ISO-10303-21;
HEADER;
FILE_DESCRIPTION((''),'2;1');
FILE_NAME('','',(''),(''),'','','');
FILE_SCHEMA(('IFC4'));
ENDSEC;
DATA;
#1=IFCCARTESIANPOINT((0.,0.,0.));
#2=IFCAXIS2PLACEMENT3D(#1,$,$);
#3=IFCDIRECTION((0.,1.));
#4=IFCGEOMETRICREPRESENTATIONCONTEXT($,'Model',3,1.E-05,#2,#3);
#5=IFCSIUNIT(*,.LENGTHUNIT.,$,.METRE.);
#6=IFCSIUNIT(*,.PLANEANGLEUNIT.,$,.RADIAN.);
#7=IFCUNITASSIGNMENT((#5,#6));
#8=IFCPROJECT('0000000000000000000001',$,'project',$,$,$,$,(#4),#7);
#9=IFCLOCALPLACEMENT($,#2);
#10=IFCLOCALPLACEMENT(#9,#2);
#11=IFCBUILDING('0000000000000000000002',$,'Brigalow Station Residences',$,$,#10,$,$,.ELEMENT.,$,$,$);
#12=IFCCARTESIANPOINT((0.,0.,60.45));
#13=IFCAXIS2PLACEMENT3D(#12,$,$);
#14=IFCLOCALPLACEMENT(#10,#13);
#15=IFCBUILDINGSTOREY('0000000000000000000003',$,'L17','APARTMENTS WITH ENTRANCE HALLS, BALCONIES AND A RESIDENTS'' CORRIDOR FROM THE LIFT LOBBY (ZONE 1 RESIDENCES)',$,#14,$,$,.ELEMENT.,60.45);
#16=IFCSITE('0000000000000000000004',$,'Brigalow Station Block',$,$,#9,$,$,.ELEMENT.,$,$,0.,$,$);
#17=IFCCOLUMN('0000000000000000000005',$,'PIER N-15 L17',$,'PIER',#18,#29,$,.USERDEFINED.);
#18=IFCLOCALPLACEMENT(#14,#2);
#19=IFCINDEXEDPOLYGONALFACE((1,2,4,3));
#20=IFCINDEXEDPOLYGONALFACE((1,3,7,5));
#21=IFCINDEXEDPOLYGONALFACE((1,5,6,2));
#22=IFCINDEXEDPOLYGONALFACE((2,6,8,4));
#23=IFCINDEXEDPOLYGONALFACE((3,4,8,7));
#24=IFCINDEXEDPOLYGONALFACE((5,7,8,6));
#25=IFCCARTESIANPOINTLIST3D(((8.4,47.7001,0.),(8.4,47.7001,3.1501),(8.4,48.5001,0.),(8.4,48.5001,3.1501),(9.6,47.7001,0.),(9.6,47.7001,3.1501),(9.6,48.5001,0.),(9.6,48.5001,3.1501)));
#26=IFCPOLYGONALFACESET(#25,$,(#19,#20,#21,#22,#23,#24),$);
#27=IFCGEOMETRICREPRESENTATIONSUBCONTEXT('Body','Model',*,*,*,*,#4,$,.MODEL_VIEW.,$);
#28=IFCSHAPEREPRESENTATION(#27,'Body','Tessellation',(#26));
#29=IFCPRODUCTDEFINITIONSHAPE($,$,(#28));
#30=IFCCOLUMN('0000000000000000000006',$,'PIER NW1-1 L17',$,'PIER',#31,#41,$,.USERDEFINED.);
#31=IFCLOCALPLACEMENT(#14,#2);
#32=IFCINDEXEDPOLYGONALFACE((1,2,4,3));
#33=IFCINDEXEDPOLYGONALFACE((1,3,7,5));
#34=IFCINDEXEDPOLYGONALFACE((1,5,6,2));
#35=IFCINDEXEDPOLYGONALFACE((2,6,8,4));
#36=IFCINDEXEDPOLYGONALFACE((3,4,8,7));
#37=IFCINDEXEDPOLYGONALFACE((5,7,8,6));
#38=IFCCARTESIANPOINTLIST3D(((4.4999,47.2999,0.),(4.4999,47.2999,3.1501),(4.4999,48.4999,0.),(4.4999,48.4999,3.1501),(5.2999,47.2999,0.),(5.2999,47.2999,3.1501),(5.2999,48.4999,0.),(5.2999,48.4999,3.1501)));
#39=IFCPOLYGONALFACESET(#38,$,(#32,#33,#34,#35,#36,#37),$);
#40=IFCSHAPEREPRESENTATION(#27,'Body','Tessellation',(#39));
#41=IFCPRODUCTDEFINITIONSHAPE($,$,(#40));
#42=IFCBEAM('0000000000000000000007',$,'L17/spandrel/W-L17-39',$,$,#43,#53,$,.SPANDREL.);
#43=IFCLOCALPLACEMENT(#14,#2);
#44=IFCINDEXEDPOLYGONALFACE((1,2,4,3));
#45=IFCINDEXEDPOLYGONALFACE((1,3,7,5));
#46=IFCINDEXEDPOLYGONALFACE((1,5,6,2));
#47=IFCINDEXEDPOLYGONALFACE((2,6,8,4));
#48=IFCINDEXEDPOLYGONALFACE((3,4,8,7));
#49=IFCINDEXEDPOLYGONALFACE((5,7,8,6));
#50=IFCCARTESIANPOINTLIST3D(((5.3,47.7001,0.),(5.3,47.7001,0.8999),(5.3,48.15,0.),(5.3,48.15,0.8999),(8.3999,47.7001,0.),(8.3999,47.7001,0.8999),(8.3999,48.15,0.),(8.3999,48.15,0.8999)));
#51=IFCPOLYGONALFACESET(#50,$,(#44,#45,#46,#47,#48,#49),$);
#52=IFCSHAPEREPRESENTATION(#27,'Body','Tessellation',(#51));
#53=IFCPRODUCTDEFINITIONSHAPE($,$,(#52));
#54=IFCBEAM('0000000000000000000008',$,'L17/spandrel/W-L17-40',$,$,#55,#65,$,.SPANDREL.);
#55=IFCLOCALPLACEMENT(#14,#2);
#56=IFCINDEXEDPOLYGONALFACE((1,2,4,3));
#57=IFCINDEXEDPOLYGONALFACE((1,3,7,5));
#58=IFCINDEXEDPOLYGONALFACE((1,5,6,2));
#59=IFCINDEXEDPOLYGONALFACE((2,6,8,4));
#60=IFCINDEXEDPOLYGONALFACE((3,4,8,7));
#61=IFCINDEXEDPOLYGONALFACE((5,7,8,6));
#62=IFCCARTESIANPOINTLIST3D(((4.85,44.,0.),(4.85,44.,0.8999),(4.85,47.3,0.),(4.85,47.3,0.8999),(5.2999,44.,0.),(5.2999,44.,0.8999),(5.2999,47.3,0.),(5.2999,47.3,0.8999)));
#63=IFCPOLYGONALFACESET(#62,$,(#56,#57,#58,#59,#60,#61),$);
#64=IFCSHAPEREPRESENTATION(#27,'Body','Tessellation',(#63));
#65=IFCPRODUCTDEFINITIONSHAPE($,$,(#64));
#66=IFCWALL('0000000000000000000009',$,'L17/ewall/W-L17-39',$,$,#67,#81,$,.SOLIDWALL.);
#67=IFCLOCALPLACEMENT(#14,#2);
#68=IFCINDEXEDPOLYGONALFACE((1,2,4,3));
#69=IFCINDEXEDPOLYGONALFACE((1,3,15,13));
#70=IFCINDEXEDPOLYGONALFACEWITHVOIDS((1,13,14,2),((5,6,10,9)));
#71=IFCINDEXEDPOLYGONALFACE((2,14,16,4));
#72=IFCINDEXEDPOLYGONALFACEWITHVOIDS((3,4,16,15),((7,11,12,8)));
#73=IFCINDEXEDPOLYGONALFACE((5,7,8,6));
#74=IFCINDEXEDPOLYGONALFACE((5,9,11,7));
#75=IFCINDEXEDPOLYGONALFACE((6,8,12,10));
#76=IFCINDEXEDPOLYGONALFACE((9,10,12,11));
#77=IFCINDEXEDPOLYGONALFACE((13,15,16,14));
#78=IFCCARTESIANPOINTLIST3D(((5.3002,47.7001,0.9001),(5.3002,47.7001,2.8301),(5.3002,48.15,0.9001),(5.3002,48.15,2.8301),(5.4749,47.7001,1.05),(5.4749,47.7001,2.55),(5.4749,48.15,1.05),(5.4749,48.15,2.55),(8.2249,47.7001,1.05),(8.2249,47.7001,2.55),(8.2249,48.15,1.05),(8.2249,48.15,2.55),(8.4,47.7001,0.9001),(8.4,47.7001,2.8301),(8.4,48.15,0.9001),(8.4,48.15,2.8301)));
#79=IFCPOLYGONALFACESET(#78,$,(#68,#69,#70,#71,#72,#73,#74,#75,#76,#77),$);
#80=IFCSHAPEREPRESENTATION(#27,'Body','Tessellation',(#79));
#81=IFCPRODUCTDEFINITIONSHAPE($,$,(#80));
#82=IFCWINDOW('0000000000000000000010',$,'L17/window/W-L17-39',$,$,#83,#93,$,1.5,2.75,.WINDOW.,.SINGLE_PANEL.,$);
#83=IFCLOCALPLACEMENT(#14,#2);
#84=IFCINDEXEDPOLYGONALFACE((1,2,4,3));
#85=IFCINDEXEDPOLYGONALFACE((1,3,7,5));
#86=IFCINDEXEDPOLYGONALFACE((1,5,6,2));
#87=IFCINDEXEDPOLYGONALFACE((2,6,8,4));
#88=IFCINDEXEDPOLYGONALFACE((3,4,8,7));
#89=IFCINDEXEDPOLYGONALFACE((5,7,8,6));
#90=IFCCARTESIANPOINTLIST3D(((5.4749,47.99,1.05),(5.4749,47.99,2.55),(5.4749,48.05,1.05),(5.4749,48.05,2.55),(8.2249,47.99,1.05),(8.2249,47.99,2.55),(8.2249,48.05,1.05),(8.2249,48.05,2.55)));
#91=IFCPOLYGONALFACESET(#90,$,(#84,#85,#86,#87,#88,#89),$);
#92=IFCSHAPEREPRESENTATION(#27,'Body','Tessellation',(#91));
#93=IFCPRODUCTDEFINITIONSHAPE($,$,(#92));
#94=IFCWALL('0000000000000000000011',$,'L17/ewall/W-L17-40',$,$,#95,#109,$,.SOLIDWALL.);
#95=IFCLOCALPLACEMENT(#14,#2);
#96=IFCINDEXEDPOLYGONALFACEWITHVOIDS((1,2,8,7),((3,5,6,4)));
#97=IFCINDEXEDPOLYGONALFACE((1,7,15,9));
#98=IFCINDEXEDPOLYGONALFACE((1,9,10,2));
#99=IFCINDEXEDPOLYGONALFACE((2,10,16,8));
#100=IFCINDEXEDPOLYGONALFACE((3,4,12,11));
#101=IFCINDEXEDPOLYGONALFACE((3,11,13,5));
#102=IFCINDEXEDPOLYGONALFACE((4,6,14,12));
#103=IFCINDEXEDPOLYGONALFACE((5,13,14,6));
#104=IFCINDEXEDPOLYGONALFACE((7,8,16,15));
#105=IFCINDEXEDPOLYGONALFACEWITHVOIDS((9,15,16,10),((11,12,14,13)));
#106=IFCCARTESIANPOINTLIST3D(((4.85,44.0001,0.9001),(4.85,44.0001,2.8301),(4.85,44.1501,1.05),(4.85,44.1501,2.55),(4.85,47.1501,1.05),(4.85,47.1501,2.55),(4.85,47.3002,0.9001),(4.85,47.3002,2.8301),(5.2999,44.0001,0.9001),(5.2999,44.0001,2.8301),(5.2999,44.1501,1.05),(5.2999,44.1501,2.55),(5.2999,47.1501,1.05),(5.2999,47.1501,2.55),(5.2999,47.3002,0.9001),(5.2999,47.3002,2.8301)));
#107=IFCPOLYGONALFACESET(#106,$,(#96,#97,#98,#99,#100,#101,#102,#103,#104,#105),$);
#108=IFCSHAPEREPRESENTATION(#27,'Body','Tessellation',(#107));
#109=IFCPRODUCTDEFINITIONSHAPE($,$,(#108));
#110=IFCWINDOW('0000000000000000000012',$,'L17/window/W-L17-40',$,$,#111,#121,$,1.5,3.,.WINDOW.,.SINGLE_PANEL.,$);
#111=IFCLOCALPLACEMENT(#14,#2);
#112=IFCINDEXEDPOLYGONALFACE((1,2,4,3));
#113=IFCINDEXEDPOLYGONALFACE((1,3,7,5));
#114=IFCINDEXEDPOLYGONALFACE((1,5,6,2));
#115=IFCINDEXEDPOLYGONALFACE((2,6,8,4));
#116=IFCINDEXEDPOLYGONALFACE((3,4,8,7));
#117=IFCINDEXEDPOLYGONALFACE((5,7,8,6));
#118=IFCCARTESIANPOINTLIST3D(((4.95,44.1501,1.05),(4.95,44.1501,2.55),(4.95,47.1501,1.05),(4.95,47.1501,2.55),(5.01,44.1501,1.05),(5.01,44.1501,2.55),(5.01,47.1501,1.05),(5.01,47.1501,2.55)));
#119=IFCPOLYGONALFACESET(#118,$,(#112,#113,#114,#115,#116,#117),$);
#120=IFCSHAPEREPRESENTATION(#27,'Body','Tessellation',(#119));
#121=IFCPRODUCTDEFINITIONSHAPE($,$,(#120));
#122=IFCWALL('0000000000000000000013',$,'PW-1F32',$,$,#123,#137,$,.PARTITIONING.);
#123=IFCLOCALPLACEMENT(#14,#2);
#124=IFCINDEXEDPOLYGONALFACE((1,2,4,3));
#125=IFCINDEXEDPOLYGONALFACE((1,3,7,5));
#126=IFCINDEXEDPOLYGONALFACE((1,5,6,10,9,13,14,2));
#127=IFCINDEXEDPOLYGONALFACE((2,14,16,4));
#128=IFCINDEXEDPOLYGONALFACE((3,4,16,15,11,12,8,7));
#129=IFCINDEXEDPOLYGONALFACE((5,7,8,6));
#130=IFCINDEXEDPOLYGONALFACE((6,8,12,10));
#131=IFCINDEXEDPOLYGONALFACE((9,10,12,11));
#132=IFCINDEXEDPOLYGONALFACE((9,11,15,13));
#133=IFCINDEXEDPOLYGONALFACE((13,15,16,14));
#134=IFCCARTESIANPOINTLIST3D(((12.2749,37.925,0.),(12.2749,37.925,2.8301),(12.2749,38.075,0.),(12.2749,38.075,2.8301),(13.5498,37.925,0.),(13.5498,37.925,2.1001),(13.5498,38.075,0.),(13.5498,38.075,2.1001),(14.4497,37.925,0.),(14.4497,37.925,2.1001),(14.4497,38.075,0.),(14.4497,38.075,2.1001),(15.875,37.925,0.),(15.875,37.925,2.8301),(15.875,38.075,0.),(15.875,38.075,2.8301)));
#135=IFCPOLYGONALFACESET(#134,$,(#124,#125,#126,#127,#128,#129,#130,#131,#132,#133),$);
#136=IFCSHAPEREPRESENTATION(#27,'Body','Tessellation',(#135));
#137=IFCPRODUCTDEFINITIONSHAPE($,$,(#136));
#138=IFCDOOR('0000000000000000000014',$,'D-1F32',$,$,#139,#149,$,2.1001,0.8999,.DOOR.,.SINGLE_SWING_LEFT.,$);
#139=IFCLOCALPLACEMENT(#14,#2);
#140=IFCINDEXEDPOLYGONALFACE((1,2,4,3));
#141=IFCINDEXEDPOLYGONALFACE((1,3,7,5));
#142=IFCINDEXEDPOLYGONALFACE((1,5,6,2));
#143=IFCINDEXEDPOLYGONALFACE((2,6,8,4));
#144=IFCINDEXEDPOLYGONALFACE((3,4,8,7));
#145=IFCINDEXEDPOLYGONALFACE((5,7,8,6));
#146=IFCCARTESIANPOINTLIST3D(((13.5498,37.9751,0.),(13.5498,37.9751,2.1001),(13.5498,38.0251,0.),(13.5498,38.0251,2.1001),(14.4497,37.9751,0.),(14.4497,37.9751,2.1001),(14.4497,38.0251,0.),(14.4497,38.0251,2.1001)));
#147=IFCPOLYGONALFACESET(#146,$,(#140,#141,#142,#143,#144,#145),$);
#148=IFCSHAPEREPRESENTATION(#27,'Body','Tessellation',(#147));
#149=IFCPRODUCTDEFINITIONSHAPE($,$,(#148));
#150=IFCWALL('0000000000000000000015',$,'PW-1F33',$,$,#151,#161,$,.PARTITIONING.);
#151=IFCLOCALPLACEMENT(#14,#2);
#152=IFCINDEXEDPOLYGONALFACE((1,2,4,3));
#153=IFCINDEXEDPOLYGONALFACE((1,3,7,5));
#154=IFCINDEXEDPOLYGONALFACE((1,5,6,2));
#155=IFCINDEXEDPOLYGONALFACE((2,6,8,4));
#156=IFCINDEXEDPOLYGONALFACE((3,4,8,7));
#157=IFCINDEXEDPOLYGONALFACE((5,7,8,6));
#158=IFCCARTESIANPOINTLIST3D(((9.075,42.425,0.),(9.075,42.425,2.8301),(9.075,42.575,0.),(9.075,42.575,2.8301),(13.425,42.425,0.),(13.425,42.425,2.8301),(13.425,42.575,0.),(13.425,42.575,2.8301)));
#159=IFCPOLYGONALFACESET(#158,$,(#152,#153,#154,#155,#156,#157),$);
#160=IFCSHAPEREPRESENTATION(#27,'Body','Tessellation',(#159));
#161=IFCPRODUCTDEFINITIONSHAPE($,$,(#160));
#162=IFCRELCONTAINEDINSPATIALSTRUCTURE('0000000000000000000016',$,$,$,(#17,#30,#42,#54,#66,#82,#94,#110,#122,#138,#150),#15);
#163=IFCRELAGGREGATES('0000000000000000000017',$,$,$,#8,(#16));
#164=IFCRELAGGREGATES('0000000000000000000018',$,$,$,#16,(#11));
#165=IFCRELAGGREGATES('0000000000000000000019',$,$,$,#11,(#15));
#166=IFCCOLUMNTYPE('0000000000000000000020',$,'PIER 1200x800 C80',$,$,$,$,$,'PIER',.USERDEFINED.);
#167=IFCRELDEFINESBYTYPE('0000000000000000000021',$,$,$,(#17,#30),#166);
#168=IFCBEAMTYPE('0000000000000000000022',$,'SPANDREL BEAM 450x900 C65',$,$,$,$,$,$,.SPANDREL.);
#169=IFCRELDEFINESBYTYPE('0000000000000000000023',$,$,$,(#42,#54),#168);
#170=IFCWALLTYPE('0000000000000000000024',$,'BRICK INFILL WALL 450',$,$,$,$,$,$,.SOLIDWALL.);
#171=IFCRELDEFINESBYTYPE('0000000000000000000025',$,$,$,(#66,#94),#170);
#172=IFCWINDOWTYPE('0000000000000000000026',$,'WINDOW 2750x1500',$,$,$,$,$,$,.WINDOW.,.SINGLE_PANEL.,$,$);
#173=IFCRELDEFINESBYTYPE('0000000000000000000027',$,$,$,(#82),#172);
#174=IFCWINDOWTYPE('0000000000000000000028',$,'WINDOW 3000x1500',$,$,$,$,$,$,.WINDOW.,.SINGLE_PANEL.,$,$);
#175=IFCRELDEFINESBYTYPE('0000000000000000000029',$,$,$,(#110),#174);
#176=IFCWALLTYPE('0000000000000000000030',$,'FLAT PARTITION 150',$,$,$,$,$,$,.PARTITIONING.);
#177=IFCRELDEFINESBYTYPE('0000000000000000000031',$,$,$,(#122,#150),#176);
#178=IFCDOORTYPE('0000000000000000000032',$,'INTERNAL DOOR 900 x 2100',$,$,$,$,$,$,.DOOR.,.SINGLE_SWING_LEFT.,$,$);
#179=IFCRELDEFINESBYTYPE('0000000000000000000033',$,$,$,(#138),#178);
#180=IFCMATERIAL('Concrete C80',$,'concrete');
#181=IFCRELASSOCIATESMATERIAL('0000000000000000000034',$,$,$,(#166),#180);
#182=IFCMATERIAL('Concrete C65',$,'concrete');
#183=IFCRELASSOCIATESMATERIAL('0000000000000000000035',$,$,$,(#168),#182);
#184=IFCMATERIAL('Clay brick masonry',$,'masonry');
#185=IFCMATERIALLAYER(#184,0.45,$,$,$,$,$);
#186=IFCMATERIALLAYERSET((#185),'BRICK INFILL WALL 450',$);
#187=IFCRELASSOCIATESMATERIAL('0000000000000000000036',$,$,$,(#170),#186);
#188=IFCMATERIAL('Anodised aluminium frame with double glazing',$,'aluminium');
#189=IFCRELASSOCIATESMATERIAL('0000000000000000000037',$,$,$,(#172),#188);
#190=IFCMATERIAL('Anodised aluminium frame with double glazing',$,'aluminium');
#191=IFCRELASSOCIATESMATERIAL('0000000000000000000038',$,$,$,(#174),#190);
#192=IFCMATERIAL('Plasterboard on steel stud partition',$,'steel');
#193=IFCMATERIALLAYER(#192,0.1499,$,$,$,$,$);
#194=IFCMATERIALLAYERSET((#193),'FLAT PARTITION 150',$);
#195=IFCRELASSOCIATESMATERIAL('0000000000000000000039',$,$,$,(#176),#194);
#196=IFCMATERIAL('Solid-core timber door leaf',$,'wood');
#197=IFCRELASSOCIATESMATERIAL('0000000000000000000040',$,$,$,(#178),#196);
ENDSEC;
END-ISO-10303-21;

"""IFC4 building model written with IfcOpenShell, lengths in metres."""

from ifc_helpers import new_model, si_unit, direction, frame, frame_2d, origin, origin_2d, place, context, subcontext, project, spatial, rectangle, extrude, material, layer, layer_set, material_profile, profile_set, type_object, element, fill, save


model = new_model("IFC4")

# Units and contexts
model_context = context("Model", 3, precision=1e-05, world=origin(), true_north=direction((0.0, 1.0)))
body_context = subcontext(model_context, "Body", "Model", "MODEL_VIEW")
ifc_project = project(units=[si_unit("LENGTHUNIT", "METRE"), si_unit("PLANEANGLEUNIT", "RADIAN")], contexts=[model_context])

# Site, building, storey
site_placement = place(None, origin())
site = spatial("IfcSite", under=ifc_project, at=site_placement, Name="Brigalow Station Block", CompositionType="ELEMENT", RefElevation=0.0)
building_placement = place(site_placement, origin())
building = spatial("IfcBuilding", under=site, at=building_placement, Name="Brigalow Station Residences", CompositionType="ELEMENT")
storey_placement = place(building_placement, frame((0.0, 0.0, 60.45)))
storey = spatial("IfcBuildingStorey", under=building, at=storey_placement, Name="L17", Description="APARTMENTS WITH ENTRANCE HALLS, BALCONIES AND A RESIDENTS' CORRIDOR FROM THE LIFT LOBBY (ZONE 1 RESIDENCES)", CompositionType="ELEMENT", Elevation=60.45)

# Columns
ifc_material_1 = material(Name="Concrete C80", Category="concrete")
ifc_material_profile_1 = material_profile(ifc_material_1, rectangle(XDim=1.2, YDim=0.8, at=origin_2d()), Name="RC1200x800")
ifc_profile_set_1 = profile_set([ifc_material_profile_1], Name="Concrete C80")
column_type = type_object("IfcColumnType", Name="PIER 1200x800 C80", ElementType="PIER", PredefinedType="USERDEFINED", material=ifc_profile_set_1)
for number, where, z_axis, x_axis, name in (
    (1, (9.0, 48.1001, 0.0), (0.0, 0.0, 1.0), (-1.0, 0.0, 0.0), "PIER N-15 L17"),
    (2, (4.8999, 47.8999, 0.0), (0.0, 0.0, 1.0), (0.0, -1.0, 0.0), "PIER NW1-1 L17"),
):
    element("IfcColumn", number, at=place(storey_placement, frame(where, z_axis=z_axis, x_axis=x_axis)), inside=storey, type_object=column_type, Name=name, ObjectType="PIER", PredefinedType="USERDEFINED", context=body_context, shape_type="SweptSolid", body=[
        extrude(rectangle(XDim=1.2, YDim=0.8, at=origin_2d()), origin(), (0.0, 0.0, 1.0), 3.1501),
    ])

# Beams
ifc_material_2 = material(Name="Concrete C65", Category="concrete")
ifc_material_profile_2 = material_profile(ifc_material_2, rectangle(XDim=0.45, YDim=0.8999, at=origin_2d()), Name="RC450x900")
ifc_profile_set_2 = profile_set([ifc_material_profile_2], Name="Concrete C65")
beam_type = type_object("IfcBeamType", Name="SPANDREL BEAM 450x900 C65", PredefinedType="SPANDREL", material=ifc_profile_set_2)
beam_1_placement = place(storey_placement, frame((8.3999, 47.925, 0.45), z_axis=(-1.0, 0.0, 0.0), x_axis=(0.0, -1.0, 0.0)))
element("IfcBeam", 3, at=beam_1_placement, inside=storey, type_object=beam_type, Name="L17/spandrel/W-L17-39", PredefinedType="SPANDREL", context=body_context, shape_type="SweptSolid", body=[
    extrude(rectangle(XDim=0.45, YDim=0.8999, at=origin_2d()), origin(), (0.0, 0.0, 1.0), 3.0999),
])
beam_2_placement = place(storey_placement, frame((5.075, 47.3, 0.45), z_axis=(0.0, -1.0, 0.0), x_axis=(1.0, 0.0, 0.0)))
element("IfcBeam", 4, at=beam_2_placement, inside=storey, type_object=beam_type, Name="L17/spandrel/W-L17-40", PredefinedType="SPANDREL", context=body_context, shape_type="SweptSolid", body=[
    extrude(rectangle(XDim=0.45, YDim=0.8999, at=origin_2d()), origin(), (0.0, 0.0, 1.0), 3.3),
])

# Walls, openings, windows
ifc_material_3 = material(Name="Clay brick masonry", Category="masonry")
ifc_layer_1 = layer(ifc_material_3, 0.45)
ifc_layer_set_1 = layer_set([ifc_layer_1], Name="BRICK INFILL WALL 450")
wall_type_1 = type_object("IfcWallType", Name="BRICK INFILL WALL 450", PredefinedType="SOLIDWALL", material=ifc_layer_set_1)
wall_1_placement = place(storey_placement, frame((8.3999, 47.925, 0.9001), z_axis=(0.0, 0.0, 1.0), x_axis=(-1.0, 0.0, 0.0)))
wall_1 = element("IfcWall", 5, at=wall_1_placement, inside=storey, type_object=wall_type_1, Name="L17/ewall/W-L17-39", PredefinedType="SOLIDWALL", context=body_context, shape_type="SweptSolid", body=[
    extrude(rectangle(XDim=3.0999, YDim=0.45, at=frame_2d((1.5498, 0.0))), origin(), (0.0, 0.0, 1.0), 1.9299),
])
opening_1_placement = place(wall_1_placement, frame((0.175, 0.0, 0.1499)))
opening_1 = element("IfcOpeningElement", 6, at=opening_1_placement, cuts=wall_1, PredefinedType="OPENING", context=body_context, shape_type="SweptSolid", body=[
    extrude(rectangle(XDim=2.75, YDim=1.5, at=frame_2d((1.375, 0.75))), frame((0.0, 0.2349, 0.0), z_axis=(0.0, -1.0, 0.0), x_axis=(1.0, 0.0, 0.0)), (0.0, 0.0, 1.0), 0.47),
])
ifc_material_4 = material(Name="Anodised aluminium frame with double glazing", Category="aluminium")
window_type_1 = type_object("IfcWindowType", Name="WINDOW 2750x1500", PartitioningType="SINGLE_PANEL", PredefinedType="WINDOW", material=ifc_material_4)
window_1_placement = place(opening_1_placement, origin())
window_1 = element("IfcWindow", 7, at=window_1_placement, inside=storey, type_object=window_type_1, Name="L17/window/W-L17-39", OverallHeight=1.5, OverallWidth=2.75, PartitioningType="SINGLE_PANEL", PredefinedType="WINDOW", context=body_context, shape_type="SweptSolid", body=[
    extrude(rectangle(XDim=2.75, YDim=1.5, at=frame_2d((1.375, 0.75))), frame((0.0, -0.0649, 0.0), z_axis=(0.0, -1.0, 0.0), x_axis=(1.0, 0.0, 0.0)), (0.0, 0.0, 1.0), 0.0601),
])
fill(opening_1, window_1)
wall_2_placement = place(storey_placement, frame((5.075, 47.3, 0.9001), z_axis=(0.0, 0.0, 1.0), x_axis=(0.0, -1.0, 0.0)))
wall_2 = element("IfcWall", 8, at=wall_2_placement, inside=storey, type_object=wall_type_1, Name="L17/ewall/W-L17-40", PredefinedType="SOLIDWALL", context=body_context, shape_type="SweptSolid", body=[
    extrude(rectangle(XDim=3.3, YDim=0.45, at=frame_2d((1.6499, 0.0))), origin(), (0.0, 0.0, 1.0), 1.9299),
])
opening_2_placement = place(wall_2_placement, frame((0.1499, 0.0, 0.1499)))
opening_2 = element("IfcOpeningElement", 9, at=opening_2_placement, cuts=wall_2, PredefinedType="OPENING", context=body_context, shape_type="SweptSolid", body=[
    extrude(rectangle(XDim=3.0, YDim=1.5, at=frame_2d((1.5, 0.75))), frame((0.0, 0.2349, 0.0), z_axis=(0.0, -1.0, 0.0), x_axis=(1.0, 0.0, 0.0)), (0.0, 0.0, 1.0), 0.47),
])
ifc_material_5 = material(Name="Anodised aluminium frame with double glazing", Category="aluminium")
window_type_2 = type_object("IfcWindowType", Name="WINDOW 3000x1500", PartitioningType="SINGLE_PANEL", PredefinedType="WINDOW", material=ifc_material_5)
window_2_placement = place(opening_2_placement, origin())
window_2 = element("IfcWindow", 10, at=window_2_placement, inside=storey, type_object=window_type_2, Name="L17/window/W-L17-40", OverallHeight=1.5, OverallWidth=3.0, PartitioningType="SINGLE_PANEL", PredefinedType="WINDOW", context=body_context, shape_type="SweptSolid", body=[
    extrude(rectangle(XDim=3.0, YDim=1.5, at=frame_2d((1.5, 0.75))), frame((0.0, -0.0649, 0.0), z_axis=(0.0, -1.0, 0.0), x_axis=(1.0, 0.0, 0.0)), (0.0, 0.0, 1.0), 0.0601),
])
fill(opening_2, window_2)

# Wall, opening, door
ifc_material_6 = material(Name="Plasterboard on steel stud partition", Category="steel")
ifc_layer_2 = layer(ifc_material_6, 0.1499)
ifc_layer_set_2 = layer_set([ifc_layer_2], Name="FLAT PARTITION 150")
wall_type_2 = type_object("IfcWallType", Name="FLAT PARTITION 150", PredefinedType="PARTITIONING", material=ifc_layer_set_2)
wall_3_placement = place(storey_placement, frame((12.2749, 38.0, 0.0), z_axis=(0.0, 0.0, 1.0), x_axis=(1.0, 0.0, 0.0)))
wall_3 = element("IfcWall", 11, at=wall_3_placement, inside=storey, type_object=wall_type_2, Name="PW-1F32", PredefinedType="PARTITIONING", context=body_context, shape_type="SweptSolid", body=[
    extrude(rectangle(XDim=3.6001, YDim=0.1499, at=frame_2d((1.8, 0.0))), origin(), (0.0, 0.0, 1.0), 2.8301),
])
opening_3_placement = place(wall_3_placement, frame((1.2749, 0.0, 0.0)))
opening_3 = element("IfcOpeningElement", 12, at=opening_3_placement, cuts=wall_3, PredefinedType="OPENING", context=body_context, shape_type="SweptSolid", body=[
    extrude(rectangle(XDim=0.8999, YDim=2.1001, at=frame_2d((0.45, 1.05))), frame((0.0, 0.085, 0.0), z_axis=(0.0, -1.0, 0.0), x_axis=(1.0, 0.0, 0.0)), (0.0, 0.0, 1.0), 0.1699),
])
ifc_material_7 = material(Name="Solid-core timber door leaf", Category="wood")
door_type_1 = type_object("IfcDoorType", Name="INTERNAL DOOR 900 x 2100", OperationType="SINGLE_SWING_LEFT", PredefinedType="DOOR", material=ifc_material_7)
door_1_placement = place(opening_3_placement, frame((0.8999, 0.0, 0.0), z_axis=(0.0, 0.0, 1.0), x_axis=(-1.0, 0.0, 0.0)))
door_1 = element("IfcDoor", 13, at=door_1_placement, inside=storey, type_object=door_type_1, Name="D-1F32", OperationType="SINGLE_SWING_LEFT", OverallHeight=2.1001, OverallWidth=0.8999, PredefinedType="DOOR", context=body_context, shape_type="SweptSolid", body=[
    extrude(rectangle(XDim=0.8999, YDim=2.1001, at=frame_2d((0.45, 1.05))), frame((0.0, 0.0249, 0.0), z_axis=(0.0, -1.0, 0.0), x_axis=(1.0, 0.0, 0.0)), (0.0, 0.0, 1.0), 0.05),
])
fill(opening_3, door_1)

# Wall
wall_4_placement = place(storey_placement, frame((9.075, 42.5, 0.0), z_axis=(0.0, 0.0, 1.0), x_axis=(1.0, 0.0, 0.0)))
element("IfcWall", 14, at=wall_4_placement, inside=storey, type_object=wall_type_2, Name="PW-1F33", PredefinedType="PARTITIONING", context=body_context, shape_type="SweptSolid", body=[
    extrude(rectangle(XDim=4.3501, YDim=0.1499, at=frame_2d((2.175, 0.0))), origin(), (0.0, 0.0, 1.0), 2.8301),
])

save(model, "model.ifc")
